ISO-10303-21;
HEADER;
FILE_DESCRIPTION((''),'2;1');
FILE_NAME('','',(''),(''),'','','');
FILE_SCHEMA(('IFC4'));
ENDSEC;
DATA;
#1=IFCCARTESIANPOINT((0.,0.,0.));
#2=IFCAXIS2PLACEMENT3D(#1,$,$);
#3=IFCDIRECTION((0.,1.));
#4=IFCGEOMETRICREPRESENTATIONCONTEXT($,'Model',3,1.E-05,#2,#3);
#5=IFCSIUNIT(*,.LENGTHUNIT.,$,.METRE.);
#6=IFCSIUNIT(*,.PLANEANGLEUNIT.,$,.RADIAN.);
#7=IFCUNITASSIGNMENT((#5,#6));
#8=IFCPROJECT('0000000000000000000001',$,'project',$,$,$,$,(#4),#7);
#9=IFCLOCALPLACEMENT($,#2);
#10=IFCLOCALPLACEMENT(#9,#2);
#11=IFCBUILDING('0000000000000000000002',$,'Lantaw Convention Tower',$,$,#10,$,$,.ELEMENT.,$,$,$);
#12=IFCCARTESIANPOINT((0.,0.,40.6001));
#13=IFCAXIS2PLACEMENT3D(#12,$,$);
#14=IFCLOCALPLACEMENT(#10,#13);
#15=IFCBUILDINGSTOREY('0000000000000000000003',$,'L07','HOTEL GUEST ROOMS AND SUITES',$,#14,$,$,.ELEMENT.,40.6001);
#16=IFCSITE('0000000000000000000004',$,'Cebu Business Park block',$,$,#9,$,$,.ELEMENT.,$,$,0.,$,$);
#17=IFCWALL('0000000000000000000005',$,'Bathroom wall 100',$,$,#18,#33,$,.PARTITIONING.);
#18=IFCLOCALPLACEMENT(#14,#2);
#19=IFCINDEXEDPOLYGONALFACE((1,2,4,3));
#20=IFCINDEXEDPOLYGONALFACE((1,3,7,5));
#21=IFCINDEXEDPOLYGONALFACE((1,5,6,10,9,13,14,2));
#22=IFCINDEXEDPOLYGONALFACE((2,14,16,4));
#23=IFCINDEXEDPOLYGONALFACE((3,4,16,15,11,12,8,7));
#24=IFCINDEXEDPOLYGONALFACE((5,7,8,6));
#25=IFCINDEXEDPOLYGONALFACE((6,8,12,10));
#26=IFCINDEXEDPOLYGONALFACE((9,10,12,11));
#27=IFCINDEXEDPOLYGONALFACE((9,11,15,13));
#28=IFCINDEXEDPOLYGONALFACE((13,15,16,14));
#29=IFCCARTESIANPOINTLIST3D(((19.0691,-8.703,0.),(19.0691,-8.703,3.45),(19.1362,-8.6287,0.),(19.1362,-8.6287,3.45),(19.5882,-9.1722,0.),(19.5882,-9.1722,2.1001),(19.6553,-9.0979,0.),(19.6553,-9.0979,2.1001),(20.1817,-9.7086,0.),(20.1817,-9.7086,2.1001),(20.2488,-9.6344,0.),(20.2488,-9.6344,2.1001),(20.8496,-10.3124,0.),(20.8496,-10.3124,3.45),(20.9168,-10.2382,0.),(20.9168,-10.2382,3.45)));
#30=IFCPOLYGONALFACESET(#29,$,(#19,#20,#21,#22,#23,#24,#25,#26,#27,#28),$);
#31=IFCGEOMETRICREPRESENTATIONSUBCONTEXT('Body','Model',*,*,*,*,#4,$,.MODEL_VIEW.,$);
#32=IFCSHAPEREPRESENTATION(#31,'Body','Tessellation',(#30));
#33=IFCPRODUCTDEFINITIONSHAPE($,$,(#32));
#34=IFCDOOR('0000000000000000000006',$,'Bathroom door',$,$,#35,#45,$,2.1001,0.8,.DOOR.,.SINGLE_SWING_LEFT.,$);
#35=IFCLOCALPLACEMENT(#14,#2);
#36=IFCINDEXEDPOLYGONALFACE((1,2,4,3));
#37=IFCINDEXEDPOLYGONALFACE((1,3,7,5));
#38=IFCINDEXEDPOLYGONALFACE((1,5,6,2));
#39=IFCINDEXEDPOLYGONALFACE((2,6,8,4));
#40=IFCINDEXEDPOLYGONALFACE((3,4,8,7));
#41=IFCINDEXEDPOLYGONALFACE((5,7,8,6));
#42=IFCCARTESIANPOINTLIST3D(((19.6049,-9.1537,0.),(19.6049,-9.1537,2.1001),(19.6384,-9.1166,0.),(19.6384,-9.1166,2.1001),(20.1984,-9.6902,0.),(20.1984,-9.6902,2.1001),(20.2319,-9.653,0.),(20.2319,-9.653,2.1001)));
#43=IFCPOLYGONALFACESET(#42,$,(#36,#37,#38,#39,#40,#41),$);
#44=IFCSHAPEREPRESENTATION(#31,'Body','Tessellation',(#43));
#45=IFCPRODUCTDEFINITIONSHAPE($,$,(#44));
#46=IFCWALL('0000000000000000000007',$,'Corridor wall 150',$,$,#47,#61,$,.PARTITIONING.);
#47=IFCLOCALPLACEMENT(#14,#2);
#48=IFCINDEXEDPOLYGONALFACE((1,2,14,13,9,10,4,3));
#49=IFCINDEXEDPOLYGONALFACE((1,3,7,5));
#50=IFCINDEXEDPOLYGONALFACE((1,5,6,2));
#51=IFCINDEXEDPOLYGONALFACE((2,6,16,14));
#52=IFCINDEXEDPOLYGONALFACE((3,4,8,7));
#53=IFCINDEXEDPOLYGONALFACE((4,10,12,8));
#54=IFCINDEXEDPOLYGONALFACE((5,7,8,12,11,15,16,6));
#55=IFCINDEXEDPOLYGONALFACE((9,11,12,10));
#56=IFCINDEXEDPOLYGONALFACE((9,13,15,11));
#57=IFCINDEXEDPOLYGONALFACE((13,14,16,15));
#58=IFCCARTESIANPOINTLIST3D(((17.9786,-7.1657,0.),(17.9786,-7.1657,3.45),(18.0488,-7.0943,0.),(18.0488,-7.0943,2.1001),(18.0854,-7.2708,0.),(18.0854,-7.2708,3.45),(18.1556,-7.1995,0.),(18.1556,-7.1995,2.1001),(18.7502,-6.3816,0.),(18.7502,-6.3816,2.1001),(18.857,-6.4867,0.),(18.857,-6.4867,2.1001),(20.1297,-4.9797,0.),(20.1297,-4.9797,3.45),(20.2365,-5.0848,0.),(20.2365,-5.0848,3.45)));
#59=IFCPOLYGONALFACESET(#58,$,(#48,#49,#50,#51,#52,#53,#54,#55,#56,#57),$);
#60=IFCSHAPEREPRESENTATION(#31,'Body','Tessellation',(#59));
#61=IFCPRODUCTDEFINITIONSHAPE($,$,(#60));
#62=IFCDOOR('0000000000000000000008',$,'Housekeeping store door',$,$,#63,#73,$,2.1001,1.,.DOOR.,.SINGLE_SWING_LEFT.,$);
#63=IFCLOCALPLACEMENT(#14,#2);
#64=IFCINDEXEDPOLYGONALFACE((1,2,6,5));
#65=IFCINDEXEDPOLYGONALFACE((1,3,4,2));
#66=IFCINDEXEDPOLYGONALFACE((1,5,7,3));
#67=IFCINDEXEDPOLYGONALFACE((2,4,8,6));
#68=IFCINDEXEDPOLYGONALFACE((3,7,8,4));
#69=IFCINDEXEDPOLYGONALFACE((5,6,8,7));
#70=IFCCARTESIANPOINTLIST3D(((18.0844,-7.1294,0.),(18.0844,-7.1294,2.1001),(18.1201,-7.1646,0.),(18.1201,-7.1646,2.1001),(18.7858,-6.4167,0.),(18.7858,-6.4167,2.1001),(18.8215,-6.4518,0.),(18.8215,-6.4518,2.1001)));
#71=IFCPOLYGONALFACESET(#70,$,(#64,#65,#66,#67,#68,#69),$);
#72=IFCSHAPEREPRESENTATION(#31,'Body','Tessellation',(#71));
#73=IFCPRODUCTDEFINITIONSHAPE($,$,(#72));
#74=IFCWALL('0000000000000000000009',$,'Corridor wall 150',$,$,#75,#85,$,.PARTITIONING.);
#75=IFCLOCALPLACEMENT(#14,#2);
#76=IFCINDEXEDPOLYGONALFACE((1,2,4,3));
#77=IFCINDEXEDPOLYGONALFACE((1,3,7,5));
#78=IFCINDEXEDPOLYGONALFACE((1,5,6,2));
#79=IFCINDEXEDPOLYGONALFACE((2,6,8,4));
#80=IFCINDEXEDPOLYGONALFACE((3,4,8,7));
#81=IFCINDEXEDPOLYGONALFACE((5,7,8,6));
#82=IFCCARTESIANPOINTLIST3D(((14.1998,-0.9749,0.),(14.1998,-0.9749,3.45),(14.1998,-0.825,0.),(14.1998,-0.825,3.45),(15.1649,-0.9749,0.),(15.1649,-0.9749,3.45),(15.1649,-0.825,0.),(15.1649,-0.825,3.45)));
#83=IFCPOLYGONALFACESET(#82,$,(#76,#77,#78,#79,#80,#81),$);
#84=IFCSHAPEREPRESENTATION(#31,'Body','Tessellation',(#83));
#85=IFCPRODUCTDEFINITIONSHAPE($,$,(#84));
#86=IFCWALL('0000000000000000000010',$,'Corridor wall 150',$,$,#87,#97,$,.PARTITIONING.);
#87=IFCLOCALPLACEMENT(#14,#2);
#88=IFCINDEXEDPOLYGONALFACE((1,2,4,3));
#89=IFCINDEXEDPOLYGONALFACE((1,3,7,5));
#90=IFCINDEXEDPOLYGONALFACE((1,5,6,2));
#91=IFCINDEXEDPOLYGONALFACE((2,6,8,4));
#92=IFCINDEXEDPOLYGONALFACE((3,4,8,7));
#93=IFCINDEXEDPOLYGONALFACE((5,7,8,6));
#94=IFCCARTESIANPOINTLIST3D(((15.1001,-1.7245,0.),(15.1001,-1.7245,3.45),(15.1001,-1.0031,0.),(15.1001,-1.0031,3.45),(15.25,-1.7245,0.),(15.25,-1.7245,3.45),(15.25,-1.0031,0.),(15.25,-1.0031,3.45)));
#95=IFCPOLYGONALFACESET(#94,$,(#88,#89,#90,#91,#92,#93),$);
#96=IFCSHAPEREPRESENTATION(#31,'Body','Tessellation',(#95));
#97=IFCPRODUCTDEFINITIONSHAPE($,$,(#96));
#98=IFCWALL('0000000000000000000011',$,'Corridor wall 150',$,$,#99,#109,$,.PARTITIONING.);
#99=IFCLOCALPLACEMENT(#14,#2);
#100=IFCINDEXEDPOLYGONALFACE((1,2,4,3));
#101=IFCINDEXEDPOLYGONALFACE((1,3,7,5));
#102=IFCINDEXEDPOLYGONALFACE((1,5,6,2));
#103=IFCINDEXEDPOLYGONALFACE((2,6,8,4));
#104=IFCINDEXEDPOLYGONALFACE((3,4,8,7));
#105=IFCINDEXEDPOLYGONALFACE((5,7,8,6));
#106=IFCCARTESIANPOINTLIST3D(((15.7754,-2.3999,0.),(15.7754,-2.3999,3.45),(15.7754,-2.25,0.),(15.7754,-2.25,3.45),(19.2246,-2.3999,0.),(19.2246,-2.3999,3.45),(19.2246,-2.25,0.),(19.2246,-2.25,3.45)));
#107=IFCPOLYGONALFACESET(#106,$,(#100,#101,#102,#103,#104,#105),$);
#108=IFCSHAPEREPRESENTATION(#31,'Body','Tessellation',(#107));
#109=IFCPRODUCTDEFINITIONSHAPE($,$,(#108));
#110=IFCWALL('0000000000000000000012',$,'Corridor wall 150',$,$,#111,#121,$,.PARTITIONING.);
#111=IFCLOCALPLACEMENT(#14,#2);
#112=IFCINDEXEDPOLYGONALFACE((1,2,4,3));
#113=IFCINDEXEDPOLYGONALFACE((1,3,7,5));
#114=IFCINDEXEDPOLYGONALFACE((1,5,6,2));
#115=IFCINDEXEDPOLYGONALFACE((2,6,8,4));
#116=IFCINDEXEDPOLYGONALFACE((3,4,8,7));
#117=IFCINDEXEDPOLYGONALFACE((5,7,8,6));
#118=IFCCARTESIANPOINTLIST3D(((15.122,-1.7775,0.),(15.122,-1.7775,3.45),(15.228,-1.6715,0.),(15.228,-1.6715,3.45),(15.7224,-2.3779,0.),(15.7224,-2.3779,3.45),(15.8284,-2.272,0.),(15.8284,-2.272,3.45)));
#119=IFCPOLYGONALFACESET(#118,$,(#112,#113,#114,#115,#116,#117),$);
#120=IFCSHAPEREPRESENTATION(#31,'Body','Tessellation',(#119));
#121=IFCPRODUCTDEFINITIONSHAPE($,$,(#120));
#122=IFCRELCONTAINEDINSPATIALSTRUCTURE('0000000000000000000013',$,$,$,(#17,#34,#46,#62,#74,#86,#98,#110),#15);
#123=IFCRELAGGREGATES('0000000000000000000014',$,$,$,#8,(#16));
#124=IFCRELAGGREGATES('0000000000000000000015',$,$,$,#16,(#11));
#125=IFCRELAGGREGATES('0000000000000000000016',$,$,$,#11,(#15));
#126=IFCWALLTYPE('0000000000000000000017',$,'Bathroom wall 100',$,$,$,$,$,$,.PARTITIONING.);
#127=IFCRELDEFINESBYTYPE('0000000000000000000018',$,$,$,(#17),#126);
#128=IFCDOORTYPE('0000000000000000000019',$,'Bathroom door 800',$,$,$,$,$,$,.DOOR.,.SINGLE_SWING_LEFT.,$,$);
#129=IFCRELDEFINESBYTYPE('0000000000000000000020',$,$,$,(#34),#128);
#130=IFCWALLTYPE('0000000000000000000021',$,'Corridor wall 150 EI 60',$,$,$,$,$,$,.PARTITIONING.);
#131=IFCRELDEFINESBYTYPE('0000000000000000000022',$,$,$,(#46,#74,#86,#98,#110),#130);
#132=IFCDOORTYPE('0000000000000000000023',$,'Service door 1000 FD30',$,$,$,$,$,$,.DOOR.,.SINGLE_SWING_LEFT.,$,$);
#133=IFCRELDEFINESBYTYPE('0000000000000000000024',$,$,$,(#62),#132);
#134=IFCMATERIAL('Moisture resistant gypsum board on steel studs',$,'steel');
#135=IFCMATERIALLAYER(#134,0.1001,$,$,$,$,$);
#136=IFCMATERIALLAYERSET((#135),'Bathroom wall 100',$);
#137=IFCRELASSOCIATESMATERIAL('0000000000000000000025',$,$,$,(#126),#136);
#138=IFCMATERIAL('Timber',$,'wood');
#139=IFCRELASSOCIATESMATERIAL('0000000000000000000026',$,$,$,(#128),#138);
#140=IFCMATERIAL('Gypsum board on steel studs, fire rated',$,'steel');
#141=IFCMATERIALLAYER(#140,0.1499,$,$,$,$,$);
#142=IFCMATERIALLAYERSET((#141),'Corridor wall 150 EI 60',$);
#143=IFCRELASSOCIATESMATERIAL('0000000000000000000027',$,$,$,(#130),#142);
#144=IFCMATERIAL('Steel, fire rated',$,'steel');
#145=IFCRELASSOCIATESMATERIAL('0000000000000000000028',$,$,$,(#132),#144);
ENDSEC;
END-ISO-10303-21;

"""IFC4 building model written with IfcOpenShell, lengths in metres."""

from ifc_helpers import new_model, si_unit, direction, frame, frame_2d, origin, place, context, subcontext, project, spatial, rectangle, extrude, material, layer, layer_set, type_object, element, fill, save


model = new_model("IFC4")

# Units and contexts
model_context = context("Model", 3, precision=1e-05, world=origin(), true_north=direction((0.0, 1.0)))
body_context = subcontext(model_context, "Body", "Model", "MODEL_VIEW")
ifc_project = project(units=[si_unit("LENGTHUNIT", "METRE"), si_unit("PLANEANGLEUNIT", "RADIAN")], contexts=[model_context])

# Site, building, storey
site_placement = place(None, origin())
site = spatial("IfcSite", under=ifc_project, at=site_placement, Name="Cebu Business Park block", CompositionType="ELEMENT", RefElevation=0.0)
building_placement = place(site_placement, origin())
building = spatial("IfcBuilding", under=site, at=building_placement, Name="Lantaw Convention Tower", CompositionType="ELEMENT")
storey_placement = place(building_placement, frame((0.0, 0.0, 40.6001)))
storey = spatial("IfcBuildingStorey", under=building, at=storey_placement, Name="L07", Description="HOTEL GUEST ROOMS AND SUITES", CompositionType="ELEMENT", Elevation=40.6001)

# Walls, openings, doors
ifc_material_1 = material(Name="Moisture resistant gypsum board on steel studs", Category="steel")
ifc_layer_1 = layer(ifc_material_1, 0.1001)
ifc_layer_set_1 = layer_set([ifc_layer_1], Name="Bathroom wall 100")
wall_type_1 = type_object("IfcWallType", Name="Bathroom wall 100", PredefinedType="PARTITIONING", material=ifc_layer_set_1)
wall_1_placement = place(storey_placement, frame((19.1025, -8.6658, 0.0), z_axis=(0.0, 0.0, 1.0), x_axis=(0.741861, -0.670554, 0.0)))
wall_1 = element("IfcWall", 1, at=wall_1_placement, inside=storey, type_object=wall_type_1, Name="Bathroom wall 100", PredefinedType="PARTITIONING", context=body_context, shape_type="SweptSolid", body=[
    extrude(rectangle(XDim=2.4001, YDim=0.1001, at=frame_2d((1.2002, 0.0))), origin(), (0.0, 0.0, 1.0), 3.45),
])
opening_1_placement = place(wall_1_placement, frame((0.7, 0.0, 0.0)))
opening_1 = element("IfcOpeningElement", 2, at=opening_1_placement, cuts=wall_1, PredefinedType="OPENING", context=body_context, shape_type="SweptSolid", body=[
    extrude(rectangle(XDim=0.8, YDim=2.1001, at=frame_2d((0.3999, 1.05))), frame((0.0, 0.0601, 0.0), z_axis=(0.0, -1.0, 0.0), x_axis=(1.0, 0.0, 0.0)), (0.0, 0.0, 1.0), 0.1201),
])
ifc_material_2 = material(Name="Timber", Category="wood")
door_type_1 = type_object("IfcDoorType", Name="Bathroom door 800", OperationType="SINGLE_SWING_LEFT", PredefinedType="DOOR", material=ifc_material_2)
door_1_placement = place(opening_1_placement, origin())
door_1 = element("IfcDoor", 3, at=door_1_placement, inside=storey, type_object=door_type_1, Name="Bathroom door", OperationType="SINGLE_SWING_LEFT", OverallHeight=2.1001, OverallWidth=0.8, PredefinedType="DOOR", context=body_context, shape_type="SweptSolid", body=[
    extrude(rectangle(XDim=0.8, YDim=2.1001, at=frame_2d((0.3999, 1.05))), frame((0.0, 0.0249, 0.0), z_axis=(0.0, -1.0, 0.0), x_axis=(1.0, 0.0, 0.0)), (0.0, 0.0, 1.0), 0.05),
])
fill(opening_1, door_1)
ifc_material_3 = material(Name="Gypsum board on steel studs, fire rated", Category="steel")
ifc_layer_2 = layer(ifc_material_3, 0.1499)
ifc_layer_set_2 = layer_set([ifc_layer_2], Name="Corridor wall 150 EI 60")
wall_type_2 = type_object("IfcWallType", Name="Corridor wall 150 EI 60", PredefinedType="PARTITIONING", material=ifc_layer_set_2)
wall_2_placement = place(storey_placement, frame((18.032, -7.2183, 0.0), z_axis=(0.0, 0.0, 1.0), x_axis=(0.701392, 0.712776, 0.0)))
wall_2 = element("IfcWall", 4, at=wall_2_placement, inside=storey, type_object=wall_type_2, Name="Corridor wall 150", PredefinedType="PARTITIONING", context=body_context, shape_type="SweptSolid", body=[
    extrude(rectangle(XDim=3.0669, YDim=0.1499, at=frame_2d((1.5334, 0.0))), origin(), (0.0, 0.0, 1.0), 3.45),
])
opening_2_placement = place(wall_2_placement, frame((0.1001, 0.0, 0.0)))
opening_2 = element("IfcOpeningElement", 5, at=opening_2_placement, cuts=wall_2, PredefinedType="OPENING", context=body_context, shape_type="SweptSolid", body=[
    extrude(rectangle(XDim=1.0, YDim=2.1001, at=frame_2d((0.5, 1.05))), frame((0.0, 0.085, 0.0), z_axis=(0.0, -1.0, 0.0), x_axis=(1.0, 0.0, 0.0)), (0.0, 0.0, 1.0), 0.1699),
])
ifc_material_4 = material(Name="Steel, fire rated", Category="steel")
door_type_2 = type_object("IfcDoorType", Name="Service door 1000 FD30", OperationType="SINGLE_SWING_LEFT", PredefinedType="DOOR", material=ifc_material_4)
door_2_placement = place(opening_2_placement, origin())
door_2 = element("IfcDoor", 6, at=door_2_placement, inside=storey, type_object=door_type_2, Name="Housekeeping store door", OperationType="SINGLE_SWING_LEFT", OverallHeight=2.1001, OverallWidth=1.0, PredefinedType="DOOR", context=body_context, shape_type="SweptSolid", body=[
    extrude(rectangle(XDim=1.0, YDim=2.1001, at=frame_2d((0.5, 1.05))), frame((0.0, 0.0249, 0.0), z_axis=(0.0, -1.0, 0.0), x_axis=(1.0, 0.0, 0.0)), (0.0, 0.0, 1.0), 0.05),
])
fill(opening_2, door_2)

# Walls
wall_3_placement = place(storey_placement, frame((14.2, -0.8999, 0.0), z_axis=(0.0, 0.0, 1.0), x_axis=(1.0, 0.0, 0.0)))
element("IfcWall", 7, at=wall_3_placement, inside=storey, type_object=wall_type_2, Name="Corridor wall 150", PredefinedType="PARTITIONING", context=body_context, shape_type="SweptSolid", body=[
    extrude(rectangle(XDim=0.9651, YDim=0.1499, at=frame_2d((0.4824, 0.0))), origin(), (0.0, 0.0, 1.0), 3.45),
])
wall_4_placement = place(storey_placement, frame((15.175, -1.7246, 0.0), z_axis=(0.0, 0.0, 1.0), x_axis=(0.0, 1.0, 0.0)))
element("IfcWall", 8, at=wall_4_placement, inside=storey, type_object=wall_type_2, Name="Corridor wall 150", PredefinedType="PARTITIONING", context=body_context, shape_type="SweptSolid", body=[
    extrude(rectangle(XDim=0.7214, YDim=0.1499, at=frame_2d((0.3608, 0.0))), origin(), (0.0, 0.0, 1.0), 3.45),
])
wall_5_placement = place(storey_placement, frame((19.2246, -2.325, 0.0), z_axis=(0.0, 0.0, 1.0), x_axis=(-1.0, 0.0, 0.0)))
element("IfcWall", 9, at=wall_5_placement, inside=storey, type_object=wall_type_2, Name="Corridor wall 150", PredefinedType="PARTITIONING", context=body_context, shape_type="SweptSolid", body=[
    extrude(rectangle(XDim=3.4492, YDim=0.1499, at=frame_2d((1.7246, 0.0))), origin(), (0.0, 0.0, 1.0), 3.45),
])
wall_6_placement = place(storey_placement, frame((15.7754, -2.325, 0.0), z_axis=(0.0, 0.0, 1.0), x_axis=(-0.707107, 0.707107, 0.0)))
element("IfcWall", 10, at=wall_6_placement, inside=storey, type_object=wall_type_2, Name="Corridor wall 150", PredefinedType="PARTITIONING", context=body_context, shape_type="SweptSolid", body=[
    extrude(rectangle(XDim=0.8491, YDim=0.1499, at=frame_2d((0.4246, 0.0))), origin(), (0.0, 0.0, 1.0), 3.45),
])

save(model, "model.ifc")
